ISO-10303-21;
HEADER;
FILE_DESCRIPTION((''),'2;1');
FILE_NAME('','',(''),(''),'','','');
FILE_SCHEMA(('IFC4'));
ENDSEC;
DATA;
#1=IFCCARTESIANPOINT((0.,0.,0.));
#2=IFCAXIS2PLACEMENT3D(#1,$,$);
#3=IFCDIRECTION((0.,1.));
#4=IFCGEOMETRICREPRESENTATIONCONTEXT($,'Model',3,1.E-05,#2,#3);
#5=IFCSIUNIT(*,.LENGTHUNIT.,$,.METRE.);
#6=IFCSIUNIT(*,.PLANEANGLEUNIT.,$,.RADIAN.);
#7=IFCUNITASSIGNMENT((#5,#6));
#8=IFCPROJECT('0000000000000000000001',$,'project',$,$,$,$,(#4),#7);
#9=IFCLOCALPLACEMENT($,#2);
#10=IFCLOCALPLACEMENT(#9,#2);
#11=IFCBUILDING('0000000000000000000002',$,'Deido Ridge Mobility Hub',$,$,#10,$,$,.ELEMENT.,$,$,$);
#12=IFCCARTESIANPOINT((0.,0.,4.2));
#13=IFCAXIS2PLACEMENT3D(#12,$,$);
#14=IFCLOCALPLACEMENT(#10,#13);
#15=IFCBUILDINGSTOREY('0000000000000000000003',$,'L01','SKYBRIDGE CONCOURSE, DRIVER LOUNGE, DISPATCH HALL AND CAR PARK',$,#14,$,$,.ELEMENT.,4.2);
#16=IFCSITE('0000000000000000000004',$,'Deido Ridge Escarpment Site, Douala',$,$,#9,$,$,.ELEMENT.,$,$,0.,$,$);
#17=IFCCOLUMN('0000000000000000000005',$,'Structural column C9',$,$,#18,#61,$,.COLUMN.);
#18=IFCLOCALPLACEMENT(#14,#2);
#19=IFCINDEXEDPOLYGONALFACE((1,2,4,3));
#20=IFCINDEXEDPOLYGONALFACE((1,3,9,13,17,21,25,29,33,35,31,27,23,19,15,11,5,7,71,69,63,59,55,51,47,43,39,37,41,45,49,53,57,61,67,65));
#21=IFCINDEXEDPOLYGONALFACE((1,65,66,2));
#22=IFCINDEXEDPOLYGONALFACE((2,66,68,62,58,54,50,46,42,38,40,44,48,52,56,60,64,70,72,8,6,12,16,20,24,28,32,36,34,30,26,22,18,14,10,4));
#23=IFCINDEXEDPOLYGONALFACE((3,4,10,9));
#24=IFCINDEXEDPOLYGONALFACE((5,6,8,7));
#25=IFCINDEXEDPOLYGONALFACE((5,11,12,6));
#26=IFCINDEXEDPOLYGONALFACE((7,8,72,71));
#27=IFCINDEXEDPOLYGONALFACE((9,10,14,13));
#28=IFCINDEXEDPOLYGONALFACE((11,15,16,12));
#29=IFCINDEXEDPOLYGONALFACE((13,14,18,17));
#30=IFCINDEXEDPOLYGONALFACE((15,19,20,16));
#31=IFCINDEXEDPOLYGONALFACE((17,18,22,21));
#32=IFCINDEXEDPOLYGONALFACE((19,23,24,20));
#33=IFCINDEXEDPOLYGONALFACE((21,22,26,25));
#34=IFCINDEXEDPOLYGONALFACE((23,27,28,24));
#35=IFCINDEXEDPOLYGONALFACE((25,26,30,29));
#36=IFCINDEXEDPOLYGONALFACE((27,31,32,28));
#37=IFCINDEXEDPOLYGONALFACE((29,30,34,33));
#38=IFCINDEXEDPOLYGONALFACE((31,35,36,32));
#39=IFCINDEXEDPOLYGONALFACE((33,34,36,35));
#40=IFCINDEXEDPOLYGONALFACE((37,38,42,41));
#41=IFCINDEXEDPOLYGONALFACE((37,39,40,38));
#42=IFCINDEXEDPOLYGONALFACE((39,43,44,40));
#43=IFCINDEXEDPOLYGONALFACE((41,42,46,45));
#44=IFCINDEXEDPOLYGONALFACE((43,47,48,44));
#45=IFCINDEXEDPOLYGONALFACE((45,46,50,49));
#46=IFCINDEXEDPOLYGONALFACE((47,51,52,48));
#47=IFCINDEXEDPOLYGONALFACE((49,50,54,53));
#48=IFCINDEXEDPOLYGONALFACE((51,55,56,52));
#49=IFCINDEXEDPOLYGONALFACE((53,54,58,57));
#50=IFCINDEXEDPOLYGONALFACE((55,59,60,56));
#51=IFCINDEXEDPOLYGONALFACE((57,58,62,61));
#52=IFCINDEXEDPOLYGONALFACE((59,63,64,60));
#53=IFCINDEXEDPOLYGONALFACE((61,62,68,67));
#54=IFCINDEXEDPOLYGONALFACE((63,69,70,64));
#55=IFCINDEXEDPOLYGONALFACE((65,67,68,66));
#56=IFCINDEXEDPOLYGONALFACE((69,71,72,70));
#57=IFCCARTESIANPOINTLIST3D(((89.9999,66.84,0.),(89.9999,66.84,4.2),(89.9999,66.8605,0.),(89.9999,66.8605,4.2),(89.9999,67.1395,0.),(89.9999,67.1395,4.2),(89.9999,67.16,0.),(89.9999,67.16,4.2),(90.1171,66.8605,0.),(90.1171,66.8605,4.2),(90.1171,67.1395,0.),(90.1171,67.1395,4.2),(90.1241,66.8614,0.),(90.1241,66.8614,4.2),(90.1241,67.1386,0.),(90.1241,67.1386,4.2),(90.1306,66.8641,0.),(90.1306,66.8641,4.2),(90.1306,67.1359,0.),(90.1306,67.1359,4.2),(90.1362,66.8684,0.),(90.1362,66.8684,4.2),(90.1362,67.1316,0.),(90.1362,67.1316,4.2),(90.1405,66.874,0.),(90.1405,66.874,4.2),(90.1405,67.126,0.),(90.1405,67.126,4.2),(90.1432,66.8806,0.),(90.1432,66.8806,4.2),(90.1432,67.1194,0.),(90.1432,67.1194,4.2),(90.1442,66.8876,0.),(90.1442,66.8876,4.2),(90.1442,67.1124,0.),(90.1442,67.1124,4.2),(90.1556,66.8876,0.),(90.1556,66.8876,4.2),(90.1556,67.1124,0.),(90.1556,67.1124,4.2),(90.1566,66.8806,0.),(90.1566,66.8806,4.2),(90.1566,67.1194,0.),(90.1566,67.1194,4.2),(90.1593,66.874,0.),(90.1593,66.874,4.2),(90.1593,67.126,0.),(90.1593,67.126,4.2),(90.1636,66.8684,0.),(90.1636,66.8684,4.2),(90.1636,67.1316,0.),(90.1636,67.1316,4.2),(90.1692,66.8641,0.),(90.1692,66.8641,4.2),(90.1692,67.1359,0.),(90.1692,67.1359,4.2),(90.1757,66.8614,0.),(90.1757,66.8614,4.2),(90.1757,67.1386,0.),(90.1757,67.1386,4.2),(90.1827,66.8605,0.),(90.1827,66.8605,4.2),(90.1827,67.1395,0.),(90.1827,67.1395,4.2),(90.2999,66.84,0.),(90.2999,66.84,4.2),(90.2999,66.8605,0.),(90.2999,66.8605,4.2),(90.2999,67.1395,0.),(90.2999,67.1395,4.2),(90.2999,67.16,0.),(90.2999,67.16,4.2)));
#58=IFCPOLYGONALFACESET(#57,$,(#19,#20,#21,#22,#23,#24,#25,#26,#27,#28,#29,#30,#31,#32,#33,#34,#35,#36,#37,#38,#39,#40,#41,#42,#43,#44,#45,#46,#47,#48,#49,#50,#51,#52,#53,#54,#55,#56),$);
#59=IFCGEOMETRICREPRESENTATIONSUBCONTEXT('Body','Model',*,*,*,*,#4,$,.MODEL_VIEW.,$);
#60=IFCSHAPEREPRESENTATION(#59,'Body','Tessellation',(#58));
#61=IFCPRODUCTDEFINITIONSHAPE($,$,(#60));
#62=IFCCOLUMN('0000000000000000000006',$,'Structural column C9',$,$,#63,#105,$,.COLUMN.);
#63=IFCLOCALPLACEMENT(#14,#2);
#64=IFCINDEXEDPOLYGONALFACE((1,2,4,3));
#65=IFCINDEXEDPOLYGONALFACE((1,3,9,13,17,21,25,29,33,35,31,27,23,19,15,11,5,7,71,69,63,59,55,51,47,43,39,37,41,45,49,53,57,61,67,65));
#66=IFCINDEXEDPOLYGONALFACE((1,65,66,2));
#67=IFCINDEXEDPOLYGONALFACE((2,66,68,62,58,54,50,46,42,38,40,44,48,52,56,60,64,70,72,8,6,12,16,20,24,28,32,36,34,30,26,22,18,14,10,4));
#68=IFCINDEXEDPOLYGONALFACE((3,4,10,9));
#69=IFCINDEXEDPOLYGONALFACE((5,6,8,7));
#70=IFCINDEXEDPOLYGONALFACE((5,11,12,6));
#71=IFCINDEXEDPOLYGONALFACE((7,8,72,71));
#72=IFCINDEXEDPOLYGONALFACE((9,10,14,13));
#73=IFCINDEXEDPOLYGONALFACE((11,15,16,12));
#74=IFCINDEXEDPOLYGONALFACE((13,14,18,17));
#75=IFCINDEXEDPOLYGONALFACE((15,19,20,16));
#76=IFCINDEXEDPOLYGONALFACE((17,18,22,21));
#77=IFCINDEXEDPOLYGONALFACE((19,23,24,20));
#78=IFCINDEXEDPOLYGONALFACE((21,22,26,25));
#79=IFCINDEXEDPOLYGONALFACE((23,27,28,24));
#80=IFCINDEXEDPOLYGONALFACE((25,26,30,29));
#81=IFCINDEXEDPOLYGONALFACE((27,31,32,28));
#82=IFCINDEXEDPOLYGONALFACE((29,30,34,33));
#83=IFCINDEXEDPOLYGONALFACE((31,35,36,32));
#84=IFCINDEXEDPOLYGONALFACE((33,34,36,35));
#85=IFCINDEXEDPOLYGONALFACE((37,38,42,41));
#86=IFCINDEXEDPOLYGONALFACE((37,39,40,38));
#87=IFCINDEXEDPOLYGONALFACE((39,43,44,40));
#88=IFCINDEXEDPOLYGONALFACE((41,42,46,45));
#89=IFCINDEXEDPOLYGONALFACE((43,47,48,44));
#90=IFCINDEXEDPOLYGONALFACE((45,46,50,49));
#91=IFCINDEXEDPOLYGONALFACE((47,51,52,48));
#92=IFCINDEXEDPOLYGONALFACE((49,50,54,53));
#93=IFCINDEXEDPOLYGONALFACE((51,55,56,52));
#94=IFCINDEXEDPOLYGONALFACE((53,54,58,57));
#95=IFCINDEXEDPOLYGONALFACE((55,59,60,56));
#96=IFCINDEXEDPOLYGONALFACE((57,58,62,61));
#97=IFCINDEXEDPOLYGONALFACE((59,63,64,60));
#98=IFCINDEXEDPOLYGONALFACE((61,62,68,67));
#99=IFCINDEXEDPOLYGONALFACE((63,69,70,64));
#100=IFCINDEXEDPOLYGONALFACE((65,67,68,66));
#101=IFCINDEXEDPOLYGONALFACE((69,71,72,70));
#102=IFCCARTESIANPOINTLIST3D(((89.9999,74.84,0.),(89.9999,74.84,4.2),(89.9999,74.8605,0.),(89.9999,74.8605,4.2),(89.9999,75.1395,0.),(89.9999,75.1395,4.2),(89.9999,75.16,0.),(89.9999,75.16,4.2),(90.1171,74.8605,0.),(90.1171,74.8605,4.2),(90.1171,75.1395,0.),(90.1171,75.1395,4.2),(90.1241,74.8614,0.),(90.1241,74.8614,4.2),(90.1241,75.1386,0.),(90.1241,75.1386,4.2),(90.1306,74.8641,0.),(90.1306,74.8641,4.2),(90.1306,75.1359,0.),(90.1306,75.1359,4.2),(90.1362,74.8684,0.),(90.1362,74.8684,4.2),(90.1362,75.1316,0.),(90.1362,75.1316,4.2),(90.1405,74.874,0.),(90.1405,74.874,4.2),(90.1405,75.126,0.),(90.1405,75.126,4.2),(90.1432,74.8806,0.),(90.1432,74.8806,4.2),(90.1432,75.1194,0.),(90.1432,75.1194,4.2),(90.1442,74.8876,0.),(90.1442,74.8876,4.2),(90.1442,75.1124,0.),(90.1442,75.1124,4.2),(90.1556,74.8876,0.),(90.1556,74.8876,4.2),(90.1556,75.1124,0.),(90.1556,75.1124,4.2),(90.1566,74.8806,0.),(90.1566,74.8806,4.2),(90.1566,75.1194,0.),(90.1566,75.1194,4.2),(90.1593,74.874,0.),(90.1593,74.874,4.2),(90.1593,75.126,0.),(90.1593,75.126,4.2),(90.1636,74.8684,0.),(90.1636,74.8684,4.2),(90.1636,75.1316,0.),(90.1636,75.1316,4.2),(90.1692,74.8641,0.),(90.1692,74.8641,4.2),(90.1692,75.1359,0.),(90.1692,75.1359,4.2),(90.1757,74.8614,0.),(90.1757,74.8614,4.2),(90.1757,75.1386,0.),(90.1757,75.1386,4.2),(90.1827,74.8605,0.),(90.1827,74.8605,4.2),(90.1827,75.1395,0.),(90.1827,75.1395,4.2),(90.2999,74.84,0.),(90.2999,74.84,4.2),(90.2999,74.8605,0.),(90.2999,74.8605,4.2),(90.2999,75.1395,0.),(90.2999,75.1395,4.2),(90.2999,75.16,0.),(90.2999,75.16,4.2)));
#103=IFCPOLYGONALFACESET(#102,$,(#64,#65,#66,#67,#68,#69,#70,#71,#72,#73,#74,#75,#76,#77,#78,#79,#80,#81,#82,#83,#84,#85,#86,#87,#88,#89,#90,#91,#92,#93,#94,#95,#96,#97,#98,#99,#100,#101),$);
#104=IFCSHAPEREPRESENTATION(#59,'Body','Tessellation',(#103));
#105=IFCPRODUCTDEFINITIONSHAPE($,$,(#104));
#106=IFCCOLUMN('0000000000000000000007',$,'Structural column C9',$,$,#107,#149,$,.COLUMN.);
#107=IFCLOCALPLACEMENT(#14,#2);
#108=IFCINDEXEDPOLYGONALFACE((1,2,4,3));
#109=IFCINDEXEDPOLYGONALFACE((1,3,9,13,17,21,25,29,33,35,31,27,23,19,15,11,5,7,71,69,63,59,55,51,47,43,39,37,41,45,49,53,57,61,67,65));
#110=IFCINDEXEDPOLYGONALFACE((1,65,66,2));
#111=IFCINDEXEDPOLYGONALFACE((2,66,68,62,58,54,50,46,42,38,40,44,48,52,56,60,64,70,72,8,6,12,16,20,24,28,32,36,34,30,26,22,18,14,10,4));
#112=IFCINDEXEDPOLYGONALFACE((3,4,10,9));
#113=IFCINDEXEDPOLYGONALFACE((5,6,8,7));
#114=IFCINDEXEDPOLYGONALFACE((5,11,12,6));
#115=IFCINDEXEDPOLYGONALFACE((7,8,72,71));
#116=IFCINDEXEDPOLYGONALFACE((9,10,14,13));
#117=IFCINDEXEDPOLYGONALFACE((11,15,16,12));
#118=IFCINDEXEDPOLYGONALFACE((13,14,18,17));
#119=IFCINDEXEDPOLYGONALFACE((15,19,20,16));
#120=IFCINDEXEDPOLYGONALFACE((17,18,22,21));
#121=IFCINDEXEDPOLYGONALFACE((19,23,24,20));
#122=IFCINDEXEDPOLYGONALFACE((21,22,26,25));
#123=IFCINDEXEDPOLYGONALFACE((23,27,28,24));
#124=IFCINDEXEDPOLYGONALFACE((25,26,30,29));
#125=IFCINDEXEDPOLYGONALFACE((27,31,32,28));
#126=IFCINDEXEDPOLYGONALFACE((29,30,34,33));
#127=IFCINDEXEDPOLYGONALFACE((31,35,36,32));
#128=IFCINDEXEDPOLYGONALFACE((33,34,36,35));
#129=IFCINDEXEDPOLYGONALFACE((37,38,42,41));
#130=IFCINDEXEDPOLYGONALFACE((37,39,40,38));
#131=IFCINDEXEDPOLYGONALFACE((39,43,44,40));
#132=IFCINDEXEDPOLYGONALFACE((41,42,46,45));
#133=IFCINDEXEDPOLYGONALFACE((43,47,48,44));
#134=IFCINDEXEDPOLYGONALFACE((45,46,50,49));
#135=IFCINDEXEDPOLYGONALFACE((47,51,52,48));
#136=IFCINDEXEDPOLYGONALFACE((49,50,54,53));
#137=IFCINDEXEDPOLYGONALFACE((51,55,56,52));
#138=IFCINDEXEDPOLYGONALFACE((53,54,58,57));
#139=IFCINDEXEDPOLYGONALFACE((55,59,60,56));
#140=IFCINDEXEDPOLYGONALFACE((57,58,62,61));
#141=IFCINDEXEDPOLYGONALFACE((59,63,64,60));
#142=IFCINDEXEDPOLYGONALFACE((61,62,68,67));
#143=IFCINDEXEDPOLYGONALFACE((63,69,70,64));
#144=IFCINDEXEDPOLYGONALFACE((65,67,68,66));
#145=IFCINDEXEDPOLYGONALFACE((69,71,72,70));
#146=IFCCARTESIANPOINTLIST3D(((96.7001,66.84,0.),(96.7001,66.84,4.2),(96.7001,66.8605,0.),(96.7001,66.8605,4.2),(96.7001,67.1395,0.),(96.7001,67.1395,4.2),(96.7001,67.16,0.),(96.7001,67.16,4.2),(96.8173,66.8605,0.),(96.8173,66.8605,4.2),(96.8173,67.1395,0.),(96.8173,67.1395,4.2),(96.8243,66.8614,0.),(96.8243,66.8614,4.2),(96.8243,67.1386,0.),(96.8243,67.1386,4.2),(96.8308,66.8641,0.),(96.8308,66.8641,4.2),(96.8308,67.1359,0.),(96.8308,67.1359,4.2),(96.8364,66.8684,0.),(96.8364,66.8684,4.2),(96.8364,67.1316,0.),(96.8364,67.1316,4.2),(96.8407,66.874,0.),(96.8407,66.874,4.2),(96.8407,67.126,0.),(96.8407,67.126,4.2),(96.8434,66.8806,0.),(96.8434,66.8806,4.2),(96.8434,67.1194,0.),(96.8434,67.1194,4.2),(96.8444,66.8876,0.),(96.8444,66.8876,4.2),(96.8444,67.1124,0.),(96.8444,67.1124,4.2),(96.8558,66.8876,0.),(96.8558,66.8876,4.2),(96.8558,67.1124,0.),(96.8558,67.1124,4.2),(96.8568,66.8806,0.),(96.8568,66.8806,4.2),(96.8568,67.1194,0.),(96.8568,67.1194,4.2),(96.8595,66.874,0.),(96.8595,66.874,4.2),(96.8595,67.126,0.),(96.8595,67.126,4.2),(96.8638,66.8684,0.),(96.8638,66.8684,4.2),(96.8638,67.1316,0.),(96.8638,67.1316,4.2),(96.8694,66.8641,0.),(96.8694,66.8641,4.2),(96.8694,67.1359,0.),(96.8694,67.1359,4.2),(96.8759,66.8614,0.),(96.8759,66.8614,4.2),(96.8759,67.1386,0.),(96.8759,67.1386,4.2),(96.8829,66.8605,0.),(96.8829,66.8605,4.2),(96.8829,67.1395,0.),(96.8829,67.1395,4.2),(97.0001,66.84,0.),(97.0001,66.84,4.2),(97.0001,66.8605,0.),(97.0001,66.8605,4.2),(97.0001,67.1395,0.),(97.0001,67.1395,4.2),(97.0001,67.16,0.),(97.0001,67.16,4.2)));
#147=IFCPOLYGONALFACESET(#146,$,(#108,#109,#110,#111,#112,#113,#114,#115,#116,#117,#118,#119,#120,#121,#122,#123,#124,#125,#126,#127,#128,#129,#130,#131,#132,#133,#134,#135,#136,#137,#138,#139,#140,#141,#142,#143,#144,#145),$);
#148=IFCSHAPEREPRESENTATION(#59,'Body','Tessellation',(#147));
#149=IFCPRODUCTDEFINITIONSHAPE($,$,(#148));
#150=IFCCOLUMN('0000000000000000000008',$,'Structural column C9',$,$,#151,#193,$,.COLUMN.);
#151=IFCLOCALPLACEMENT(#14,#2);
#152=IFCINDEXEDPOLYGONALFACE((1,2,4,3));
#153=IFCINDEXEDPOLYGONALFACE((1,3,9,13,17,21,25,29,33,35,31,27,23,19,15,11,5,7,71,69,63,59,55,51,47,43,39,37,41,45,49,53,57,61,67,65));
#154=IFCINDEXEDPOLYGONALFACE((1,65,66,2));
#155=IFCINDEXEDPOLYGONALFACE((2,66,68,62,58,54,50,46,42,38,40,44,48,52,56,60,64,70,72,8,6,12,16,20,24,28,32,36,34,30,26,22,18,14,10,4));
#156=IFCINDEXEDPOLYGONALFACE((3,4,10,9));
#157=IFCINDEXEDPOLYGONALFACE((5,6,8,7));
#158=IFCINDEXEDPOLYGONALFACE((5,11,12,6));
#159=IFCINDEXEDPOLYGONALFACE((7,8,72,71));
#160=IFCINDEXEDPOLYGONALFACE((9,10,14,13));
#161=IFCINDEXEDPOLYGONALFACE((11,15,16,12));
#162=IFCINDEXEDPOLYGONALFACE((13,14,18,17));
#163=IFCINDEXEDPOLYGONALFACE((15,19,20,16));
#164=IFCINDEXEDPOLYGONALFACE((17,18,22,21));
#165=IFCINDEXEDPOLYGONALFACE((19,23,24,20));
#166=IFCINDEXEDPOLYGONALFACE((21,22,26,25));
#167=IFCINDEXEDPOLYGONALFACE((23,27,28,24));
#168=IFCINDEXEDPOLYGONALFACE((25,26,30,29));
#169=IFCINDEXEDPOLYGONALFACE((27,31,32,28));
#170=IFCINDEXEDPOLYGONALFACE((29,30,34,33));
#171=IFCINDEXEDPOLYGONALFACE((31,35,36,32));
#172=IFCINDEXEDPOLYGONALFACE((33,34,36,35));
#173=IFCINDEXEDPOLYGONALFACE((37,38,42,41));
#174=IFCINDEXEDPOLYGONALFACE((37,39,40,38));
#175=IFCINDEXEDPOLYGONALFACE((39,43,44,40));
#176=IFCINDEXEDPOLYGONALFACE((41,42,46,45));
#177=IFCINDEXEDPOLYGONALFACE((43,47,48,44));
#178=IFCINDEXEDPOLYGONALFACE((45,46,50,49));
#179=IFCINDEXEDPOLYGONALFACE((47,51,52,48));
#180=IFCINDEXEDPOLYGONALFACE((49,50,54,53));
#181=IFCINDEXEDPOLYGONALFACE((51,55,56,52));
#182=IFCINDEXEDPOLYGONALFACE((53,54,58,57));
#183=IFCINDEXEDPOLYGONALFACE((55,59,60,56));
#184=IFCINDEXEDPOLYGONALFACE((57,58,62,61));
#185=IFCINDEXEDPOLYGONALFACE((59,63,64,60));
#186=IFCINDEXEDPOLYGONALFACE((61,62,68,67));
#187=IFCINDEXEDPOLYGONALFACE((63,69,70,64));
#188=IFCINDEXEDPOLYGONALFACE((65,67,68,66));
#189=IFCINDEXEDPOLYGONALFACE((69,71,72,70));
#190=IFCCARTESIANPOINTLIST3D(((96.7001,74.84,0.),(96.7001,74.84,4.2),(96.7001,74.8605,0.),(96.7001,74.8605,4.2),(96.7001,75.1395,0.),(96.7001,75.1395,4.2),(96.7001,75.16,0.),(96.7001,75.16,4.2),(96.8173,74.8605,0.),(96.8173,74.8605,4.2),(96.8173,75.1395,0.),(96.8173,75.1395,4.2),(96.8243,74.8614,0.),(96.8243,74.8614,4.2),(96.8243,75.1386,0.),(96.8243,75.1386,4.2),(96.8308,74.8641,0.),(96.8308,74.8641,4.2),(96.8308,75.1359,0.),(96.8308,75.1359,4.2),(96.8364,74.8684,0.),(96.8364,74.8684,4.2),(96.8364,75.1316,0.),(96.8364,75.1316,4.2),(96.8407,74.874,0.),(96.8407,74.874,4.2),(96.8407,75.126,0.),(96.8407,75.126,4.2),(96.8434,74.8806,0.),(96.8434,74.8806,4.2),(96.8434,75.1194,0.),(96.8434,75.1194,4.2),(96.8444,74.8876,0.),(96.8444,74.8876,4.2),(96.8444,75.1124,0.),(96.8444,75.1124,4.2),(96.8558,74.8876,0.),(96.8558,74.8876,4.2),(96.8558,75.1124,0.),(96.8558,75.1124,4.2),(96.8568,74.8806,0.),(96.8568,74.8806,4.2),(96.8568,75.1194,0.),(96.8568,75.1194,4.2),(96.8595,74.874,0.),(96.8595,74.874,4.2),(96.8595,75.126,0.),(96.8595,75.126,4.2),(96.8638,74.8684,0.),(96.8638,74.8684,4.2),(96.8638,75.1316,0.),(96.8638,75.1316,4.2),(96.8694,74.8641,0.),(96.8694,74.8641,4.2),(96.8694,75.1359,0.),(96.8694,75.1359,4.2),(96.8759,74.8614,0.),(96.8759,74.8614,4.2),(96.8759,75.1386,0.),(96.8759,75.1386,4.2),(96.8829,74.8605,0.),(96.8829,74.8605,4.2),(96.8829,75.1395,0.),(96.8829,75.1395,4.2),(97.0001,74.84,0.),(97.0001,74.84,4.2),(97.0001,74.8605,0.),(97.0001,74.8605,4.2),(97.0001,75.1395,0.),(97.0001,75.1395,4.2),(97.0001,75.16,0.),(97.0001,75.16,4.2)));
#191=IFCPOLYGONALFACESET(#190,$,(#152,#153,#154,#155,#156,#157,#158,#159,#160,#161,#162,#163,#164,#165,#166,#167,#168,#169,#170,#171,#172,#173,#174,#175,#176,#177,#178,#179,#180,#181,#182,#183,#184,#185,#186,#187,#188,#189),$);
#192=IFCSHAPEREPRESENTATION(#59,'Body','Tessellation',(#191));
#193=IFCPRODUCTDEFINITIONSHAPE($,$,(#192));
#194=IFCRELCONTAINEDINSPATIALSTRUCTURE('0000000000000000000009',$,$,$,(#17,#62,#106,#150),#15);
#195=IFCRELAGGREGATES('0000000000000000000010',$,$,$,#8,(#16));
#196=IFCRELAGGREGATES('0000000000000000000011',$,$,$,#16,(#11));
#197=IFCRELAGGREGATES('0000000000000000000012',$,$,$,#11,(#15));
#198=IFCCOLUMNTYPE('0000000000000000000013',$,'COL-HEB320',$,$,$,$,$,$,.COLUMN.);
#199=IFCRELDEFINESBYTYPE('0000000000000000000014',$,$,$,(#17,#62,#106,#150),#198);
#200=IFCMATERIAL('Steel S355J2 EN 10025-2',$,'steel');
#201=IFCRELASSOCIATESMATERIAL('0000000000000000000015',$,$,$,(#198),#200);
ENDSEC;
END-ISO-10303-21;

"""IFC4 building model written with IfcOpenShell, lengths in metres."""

from ifc_helpers import new_model, si_unit, direction, frame, origin, origin_2d, place, context, subcontext, project, spatial, i_section, extrude, material, material_profile, profile_set, type_object, element, save


model = new_model("IFC4")

# Units and contexts
model_context = context("Model", 3, precision=1e-05, world=origin(), true_north=direction((0.0, 1.0)))
body_context = subcontext(model_context, "Body", "Model", "MODEL_VIEW")
ifc_project = project(units=[si_unit("LENGTHUNIT", "METRE"), si_unit("PLANEANGLEUNIT", "RADIAN")], contexts=[model_context])

# Site, building, storey
site_placement = place(None, origin())
site = spatial("IfcSite", under=ifc_project, at=site_placement, Name="Deido Ridge Escarpment Site, Douala", CompositionType="ELEMENT", RefElevation=0.0)
building_placement = place(site_placement, origin())
building = spatial("IfcBuilding", under=site, at=building_placement, Name="Deido Ridge Mobility Hub", CompositionType="ELEMENT")
storey_placement = place(building_placement, frame((0.0, 0.0, 4.2)))
storey = spatial("IfcBuildingStorey", under=building, at=storey_placement, Name="L01", Description="SKYBRIDGE CONCOURSE, DRIVER LOUNGE, DISPATCH HALL AND CAR PARK", CompositionType="ELEMENT", Elevation=4.2)

# Columns
ifc_material_1 = material(Name="Steel S355J2 EN 10025-2", Category="steel")
ifc_material_profile_1 = material_profile(ifc_material_1, i_section(OverallWidth=0.3, OverallDepth=0.3201, WebThickness=0.0115, FlangeThickness=0.0205, FilletRadius=0.0271, at=origin_2d()), Name="HEB 320")
ifc_profile_set_1 = profile_set([ifc_material_profile_1], Name="Steel S355J2 EN 10025-2")
column_type_1 = type_object("IfcColumnType", Name="COL-HEB320", PredefinedType="COLUMN", material=ifc_profile_set_1)
for number, where, z_axis, x_axis, name in (
    (1, (90.1499, 67.0, 0.0), (0.0, 0.0, 1.0), (1.0, 0.0, 0.0), "Structural column C9"),
    (2, (90.1499, 75.0, 0.0), (0.0, 0.0, 1.0), (1.0, 0.0, 0.0), "Structural column C9"),
    (3, (96.8501, 67.0, 0.0), (0.0, 0.0, 1.0), (1.0, 0.0, 0.0), "Structural column C9"),
    (4, (96.8501, 75.0, 0.0), (0.0, 0.0, 1.0), (1.0, 0.0, 0.0), "Structural column C9"),
):
    element("IfcColumn", number, at=place(storey_placement, frame(where, z_axis=z_axis, x_axis=x_axis)), inside=storey, type_object=column_type_1, Name=name, PredefinedType="COLUMN", context=body_context, shape_type="SweptSolid", body=[
        extrude(i_section(OverallWidth=0.3, OverallDepth=0.3201, WebThickness=0.0115, FlangeThickness=0.0205, FilletRadius=0.0271, at=origin_2d()), origin(), (0.0, 0.0, 1.0), 4.2),
    ])

save(model, "model.ifc")
